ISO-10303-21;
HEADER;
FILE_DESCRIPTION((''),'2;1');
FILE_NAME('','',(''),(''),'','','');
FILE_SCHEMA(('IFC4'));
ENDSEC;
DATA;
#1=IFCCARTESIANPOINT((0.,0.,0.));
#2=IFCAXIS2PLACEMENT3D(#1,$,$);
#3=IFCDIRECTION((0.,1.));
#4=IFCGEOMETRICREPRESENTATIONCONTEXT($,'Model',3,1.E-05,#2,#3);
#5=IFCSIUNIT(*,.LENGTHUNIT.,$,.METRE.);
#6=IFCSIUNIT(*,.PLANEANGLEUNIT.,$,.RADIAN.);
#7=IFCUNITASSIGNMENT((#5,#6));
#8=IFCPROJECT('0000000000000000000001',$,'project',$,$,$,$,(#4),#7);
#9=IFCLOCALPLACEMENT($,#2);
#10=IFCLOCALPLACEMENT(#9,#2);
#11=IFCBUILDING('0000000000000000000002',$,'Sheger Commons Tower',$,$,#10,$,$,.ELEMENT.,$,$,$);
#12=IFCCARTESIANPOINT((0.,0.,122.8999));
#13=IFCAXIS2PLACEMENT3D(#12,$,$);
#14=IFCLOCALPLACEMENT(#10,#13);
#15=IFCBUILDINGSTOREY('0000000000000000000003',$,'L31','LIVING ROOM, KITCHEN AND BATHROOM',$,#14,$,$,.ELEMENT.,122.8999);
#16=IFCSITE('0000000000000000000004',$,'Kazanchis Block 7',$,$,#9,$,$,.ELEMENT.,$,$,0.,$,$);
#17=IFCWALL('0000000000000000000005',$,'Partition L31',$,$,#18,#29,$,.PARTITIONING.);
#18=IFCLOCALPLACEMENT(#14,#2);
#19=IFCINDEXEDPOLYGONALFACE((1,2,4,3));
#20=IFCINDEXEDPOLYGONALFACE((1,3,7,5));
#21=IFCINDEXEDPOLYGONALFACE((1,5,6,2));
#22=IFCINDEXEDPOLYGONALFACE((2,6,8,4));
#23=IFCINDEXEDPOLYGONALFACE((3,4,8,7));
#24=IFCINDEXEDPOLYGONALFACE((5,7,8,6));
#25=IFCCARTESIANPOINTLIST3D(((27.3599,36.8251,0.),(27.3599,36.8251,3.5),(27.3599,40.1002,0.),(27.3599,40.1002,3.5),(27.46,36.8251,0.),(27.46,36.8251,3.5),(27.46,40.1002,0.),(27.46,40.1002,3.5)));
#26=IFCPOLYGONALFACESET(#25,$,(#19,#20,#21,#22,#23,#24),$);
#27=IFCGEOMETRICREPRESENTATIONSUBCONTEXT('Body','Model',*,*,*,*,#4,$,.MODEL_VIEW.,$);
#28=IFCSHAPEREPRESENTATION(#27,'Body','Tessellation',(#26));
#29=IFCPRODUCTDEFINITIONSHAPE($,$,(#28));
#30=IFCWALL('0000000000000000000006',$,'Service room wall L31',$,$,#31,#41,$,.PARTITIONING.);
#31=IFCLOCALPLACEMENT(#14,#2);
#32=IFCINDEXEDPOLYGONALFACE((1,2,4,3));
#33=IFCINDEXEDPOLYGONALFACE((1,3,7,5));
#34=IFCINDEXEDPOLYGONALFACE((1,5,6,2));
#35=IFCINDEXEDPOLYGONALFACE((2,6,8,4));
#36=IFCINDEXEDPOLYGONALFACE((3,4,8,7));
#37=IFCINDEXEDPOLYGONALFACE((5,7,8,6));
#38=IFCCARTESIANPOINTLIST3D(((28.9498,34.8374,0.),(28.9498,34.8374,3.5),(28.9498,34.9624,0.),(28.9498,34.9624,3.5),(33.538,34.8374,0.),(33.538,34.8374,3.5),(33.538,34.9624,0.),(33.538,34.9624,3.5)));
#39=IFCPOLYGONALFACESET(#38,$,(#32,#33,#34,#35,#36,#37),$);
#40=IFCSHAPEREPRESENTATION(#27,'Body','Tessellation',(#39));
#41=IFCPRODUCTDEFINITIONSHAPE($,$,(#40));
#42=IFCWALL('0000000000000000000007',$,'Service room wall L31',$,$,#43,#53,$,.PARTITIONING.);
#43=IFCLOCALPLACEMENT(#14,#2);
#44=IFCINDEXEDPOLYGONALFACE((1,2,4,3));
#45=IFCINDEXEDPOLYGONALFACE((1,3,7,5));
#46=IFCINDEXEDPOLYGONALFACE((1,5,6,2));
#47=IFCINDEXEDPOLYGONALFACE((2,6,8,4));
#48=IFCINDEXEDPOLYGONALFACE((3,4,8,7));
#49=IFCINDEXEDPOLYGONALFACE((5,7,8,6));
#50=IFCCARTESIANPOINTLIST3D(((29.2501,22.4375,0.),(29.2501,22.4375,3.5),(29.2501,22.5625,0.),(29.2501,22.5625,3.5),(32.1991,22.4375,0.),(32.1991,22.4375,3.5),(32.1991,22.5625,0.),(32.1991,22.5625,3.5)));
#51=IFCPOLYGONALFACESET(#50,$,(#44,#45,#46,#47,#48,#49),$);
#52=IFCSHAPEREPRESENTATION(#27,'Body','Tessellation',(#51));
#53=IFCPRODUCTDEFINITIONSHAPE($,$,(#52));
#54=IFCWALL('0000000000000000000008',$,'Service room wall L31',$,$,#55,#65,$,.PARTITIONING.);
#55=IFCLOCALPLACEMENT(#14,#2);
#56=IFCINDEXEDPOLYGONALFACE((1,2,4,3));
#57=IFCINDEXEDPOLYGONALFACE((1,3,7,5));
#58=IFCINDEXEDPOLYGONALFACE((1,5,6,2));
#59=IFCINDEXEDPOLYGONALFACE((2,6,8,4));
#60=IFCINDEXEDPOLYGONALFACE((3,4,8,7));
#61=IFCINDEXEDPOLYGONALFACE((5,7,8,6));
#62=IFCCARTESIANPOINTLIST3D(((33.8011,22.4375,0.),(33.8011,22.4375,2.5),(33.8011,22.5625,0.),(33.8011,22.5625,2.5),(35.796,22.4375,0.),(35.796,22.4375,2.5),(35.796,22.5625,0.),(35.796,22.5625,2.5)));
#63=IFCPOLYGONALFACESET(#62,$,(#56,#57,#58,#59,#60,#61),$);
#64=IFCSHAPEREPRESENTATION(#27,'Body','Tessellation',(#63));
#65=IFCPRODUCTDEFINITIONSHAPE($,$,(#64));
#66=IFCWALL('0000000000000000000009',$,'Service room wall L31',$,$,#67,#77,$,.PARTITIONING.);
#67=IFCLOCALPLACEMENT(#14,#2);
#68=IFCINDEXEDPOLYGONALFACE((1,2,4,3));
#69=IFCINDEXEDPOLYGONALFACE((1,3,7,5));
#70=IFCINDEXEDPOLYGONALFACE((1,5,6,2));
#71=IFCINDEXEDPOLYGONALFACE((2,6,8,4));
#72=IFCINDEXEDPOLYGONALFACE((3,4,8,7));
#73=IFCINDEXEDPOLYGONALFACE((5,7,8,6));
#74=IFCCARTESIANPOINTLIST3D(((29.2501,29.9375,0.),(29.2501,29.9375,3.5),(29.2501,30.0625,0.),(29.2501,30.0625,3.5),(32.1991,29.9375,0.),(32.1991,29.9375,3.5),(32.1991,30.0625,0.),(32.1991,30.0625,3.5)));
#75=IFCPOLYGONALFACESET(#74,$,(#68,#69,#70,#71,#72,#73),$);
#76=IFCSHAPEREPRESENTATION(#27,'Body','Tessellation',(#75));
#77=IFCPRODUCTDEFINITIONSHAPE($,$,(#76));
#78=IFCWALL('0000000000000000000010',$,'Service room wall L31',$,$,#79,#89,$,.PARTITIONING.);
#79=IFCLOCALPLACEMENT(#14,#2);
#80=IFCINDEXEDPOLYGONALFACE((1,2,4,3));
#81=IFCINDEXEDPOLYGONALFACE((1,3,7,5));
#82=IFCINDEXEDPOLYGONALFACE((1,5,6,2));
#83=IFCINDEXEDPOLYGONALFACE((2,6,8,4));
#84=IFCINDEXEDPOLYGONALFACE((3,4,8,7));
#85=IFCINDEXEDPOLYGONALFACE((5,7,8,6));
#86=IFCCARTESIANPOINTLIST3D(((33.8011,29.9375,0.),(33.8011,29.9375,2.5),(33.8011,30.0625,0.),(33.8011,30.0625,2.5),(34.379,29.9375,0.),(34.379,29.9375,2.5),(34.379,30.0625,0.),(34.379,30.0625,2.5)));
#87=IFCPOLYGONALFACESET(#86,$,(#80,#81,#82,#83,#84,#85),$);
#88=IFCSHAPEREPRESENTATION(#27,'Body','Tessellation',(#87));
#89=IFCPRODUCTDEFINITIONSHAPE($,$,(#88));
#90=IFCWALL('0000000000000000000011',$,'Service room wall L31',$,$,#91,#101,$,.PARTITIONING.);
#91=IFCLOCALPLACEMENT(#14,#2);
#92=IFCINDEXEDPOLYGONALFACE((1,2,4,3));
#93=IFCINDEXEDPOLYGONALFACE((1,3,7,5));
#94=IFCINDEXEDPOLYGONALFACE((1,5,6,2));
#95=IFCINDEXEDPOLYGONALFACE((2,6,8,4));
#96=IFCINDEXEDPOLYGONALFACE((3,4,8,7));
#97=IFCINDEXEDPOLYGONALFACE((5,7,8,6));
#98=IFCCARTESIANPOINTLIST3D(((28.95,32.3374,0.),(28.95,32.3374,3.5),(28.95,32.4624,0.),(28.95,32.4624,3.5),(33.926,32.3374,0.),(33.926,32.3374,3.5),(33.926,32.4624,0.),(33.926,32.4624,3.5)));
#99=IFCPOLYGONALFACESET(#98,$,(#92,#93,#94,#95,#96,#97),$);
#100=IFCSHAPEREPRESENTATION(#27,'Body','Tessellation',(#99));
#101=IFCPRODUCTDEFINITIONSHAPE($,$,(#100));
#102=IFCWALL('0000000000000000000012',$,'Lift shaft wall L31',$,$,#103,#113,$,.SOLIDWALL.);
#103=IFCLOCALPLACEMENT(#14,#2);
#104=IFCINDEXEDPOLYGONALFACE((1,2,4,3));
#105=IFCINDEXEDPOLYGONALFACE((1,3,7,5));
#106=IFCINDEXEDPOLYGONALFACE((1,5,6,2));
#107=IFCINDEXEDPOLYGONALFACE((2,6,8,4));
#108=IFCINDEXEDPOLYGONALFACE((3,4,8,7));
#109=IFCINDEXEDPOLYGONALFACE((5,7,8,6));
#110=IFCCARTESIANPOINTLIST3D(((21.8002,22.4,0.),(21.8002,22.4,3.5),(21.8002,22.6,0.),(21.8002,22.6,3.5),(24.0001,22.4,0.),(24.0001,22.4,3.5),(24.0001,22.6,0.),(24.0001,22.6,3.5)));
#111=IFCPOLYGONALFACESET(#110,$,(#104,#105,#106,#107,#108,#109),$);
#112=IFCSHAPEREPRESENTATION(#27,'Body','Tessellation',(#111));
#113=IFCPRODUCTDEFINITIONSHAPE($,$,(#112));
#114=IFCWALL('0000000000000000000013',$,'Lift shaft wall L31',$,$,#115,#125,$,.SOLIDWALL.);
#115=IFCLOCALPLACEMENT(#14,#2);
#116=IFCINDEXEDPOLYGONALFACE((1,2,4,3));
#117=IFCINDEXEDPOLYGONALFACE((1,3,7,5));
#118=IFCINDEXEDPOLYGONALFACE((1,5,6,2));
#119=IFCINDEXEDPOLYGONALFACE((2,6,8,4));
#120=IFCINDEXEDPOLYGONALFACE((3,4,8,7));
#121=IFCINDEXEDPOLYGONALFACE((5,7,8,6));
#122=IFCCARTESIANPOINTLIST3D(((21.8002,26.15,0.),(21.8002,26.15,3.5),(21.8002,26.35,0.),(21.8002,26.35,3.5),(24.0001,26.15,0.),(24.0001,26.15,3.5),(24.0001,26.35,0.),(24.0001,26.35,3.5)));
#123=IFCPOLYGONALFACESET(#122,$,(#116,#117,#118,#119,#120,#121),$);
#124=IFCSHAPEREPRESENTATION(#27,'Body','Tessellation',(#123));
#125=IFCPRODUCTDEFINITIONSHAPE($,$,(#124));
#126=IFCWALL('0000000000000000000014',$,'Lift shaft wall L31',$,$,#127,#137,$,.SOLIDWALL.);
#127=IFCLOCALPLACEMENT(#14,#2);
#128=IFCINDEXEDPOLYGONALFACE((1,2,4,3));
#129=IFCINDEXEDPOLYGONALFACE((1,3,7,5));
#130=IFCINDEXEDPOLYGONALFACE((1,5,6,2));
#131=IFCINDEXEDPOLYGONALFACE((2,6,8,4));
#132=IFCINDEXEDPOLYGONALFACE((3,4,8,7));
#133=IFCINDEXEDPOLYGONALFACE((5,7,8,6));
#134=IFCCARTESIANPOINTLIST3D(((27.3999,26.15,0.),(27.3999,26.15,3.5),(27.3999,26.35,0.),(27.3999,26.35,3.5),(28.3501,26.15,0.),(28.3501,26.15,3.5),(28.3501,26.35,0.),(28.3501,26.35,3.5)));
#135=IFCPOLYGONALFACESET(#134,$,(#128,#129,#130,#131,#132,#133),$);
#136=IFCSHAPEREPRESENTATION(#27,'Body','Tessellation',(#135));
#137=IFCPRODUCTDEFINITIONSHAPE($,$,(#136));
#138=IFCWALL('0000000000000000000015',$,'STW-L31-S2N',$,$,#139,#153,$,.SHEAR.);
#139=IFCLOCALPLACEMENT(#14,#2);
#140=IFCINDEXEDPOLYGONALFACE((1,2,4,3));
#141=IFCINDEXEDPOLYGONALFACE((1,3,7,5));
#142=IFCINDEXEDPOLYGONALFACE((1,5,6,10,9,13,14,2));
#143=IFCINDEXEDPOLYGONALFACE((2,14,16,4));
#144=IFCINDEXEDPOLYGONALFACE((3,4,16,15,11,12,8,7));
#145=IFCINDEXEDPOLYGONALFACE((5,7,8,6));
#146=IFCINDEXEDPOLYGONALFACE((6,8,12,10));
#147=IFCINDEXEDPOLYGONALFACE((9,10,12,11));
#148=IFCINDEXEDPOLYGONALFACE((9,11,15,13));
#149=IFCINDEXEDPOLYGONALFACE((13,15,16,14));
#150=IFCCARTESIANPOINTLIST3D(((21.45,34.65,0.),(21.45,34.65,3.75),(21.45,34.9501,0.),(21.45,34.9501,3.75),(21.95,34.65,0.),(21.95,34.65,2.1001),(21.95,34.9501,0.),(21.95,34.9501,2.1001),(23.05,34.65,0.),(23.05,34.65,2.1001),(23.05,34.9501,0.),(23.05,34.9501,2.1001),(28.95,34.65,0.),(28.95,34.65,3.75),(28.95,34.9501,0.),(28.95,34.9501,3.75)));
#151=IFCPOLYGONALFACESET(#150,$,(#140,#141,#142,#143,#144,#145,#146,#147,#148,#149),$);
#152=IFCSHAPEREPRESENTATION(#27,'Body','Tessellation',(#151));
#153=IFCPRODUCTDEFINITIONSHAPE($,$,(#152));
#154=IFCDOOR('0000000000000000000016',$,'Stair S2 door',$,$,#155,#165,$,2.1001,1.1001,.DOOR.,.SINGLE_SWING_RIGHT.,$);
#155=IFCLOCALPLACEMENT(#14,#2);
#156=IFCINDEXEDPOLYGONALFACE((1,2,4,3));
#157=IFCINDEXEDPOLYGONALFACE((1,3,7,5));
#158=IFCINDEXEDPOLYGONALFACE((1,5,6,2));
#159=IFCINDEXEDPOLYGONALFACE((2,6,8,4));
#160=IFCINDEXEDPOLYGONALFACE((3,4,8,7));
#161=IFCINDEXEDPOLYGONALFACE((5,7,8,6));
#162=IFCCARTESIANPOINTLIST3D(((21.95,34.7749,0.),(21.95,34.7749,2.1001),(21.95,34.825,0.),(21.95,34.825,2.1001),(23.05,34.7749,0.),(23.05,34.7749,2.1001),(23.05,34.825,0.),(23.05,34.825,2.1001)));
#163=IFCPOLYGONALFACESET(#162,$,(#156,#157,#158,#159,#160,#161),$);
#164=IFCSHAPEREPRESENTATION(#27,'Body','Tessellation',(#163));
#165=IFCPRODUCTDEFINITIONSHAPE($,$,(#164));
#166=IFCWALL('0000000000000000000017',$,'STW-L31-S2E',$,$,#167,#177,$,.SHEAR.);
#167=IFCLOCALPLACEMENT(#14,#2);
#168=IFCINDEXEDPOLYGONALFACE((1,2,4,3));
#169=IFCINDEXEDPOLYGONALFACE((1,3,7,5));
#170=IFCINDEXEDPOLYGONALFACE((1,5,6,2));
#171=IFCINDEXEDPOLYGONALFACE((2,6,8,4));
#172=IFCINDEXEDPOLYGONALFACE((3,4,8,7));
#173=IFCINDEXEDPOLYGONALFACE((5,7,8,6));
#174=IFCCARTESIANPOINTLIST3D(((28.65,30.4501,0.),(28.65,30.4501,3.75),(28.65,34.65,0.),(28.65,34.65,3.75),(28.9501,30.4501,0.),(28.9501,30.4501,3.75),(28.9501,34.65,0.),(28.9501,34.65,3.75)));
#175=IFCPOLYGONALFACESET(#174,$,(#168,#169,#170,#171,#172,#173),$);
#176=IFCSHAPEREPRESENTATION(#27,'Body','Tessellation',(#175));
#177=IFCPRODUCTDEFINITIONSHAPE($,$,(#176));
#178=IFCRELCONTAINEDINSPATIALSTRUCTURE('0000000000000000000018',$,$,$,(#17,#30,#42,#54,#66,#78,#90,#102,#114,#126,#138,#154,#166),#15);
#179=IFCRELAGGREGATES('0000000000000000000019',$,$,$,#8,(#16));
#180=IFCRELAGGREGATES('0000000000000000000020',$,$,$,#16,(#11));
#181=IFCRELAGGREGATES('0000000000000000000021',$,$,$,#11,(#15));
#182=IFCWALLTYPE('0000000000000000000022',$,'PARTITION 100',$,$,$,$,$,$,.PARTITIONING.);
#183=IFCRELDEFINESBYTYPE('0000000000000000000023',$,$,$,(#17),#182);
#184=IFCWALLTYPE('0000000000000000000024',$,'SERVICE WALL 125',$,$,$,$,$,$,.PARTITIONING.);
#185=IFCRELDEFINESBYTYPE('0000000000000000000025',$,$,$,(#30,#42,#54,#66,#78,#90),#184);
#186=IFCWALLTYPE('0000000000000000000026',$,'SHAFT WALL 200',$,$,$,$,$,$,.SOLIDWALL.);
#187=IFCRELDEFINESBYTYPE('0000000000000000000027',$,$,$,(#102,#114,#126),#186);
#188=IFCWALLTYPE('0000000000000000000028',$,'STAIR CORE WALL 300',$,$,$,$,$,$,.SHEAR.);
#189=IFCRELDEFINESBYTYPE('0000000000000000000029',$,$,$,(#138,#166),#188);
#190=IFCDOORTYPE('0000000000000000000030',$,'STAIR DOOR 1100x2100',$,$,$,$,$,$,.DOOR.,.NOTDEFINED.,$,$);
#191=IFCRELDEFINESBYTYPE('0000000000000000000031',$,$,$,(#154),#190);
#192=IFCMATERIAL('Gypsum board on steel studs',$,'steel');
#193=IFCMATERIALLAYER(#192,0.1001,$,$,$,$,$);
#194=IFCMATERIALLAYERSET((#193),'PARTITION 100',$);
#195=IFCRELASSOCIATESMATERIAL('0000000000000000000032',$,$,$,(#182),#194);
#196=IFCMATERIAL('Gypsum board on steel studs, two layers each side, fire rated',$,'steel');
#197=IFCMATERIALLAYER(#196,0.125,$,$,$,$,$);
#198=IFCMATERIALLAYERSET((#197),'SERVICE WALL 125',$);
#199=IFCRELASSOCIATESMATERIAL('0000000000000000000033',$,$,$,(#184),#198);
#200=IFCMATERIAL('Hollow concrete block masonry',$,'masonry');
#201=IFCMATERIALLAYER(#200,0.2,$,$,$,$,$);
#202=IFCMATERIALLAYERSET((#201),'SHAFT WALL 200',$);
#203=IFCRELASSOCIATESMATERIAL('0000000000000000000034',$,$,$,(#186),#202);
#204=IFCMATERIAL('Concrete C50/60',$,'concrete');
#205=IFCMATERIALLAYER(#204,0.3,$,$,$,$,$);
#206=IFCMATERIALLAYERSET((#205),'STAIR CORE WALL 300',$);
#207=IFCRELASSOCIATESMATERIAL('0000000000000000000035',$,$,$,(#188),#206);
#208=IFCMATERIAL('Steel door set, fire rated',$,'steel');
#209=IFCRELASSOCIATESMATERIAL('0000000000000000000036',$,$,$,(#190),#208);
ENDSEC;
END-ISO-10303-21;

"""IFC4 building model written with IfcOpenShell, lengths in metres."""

from ifc_helpers import new_model, si_unit, direction, frame, frame_2d, origin, place, context, subcontext, project, spatial, rectangle, extrude, material, layer, layer_set, type_object, element, fill, save


model = new_model("IFC4")

# Units and contexts
model_context = context("Model", 3, precision=1e-05, world=origin(), true_north=direction((0.0, 1.0)))
body_context = subcontext(model_context, "Body", "Model", "MODEL_VIEW")
ifc_project = project(units=[si_unit("LENGTHUNIT", "METRE"), si_unit("PLANEANGLEUNIT", "RADIAN")], contexts=[model_context])

# Site, building, storey
site_placement = place(None, origin())
site = spatial("IfcSite", under=ifc_project, at=site_placement, Name="Kazanchis Block 7", CompositionType="ELEMENT", RefElevation=0.0)
building_placement = place(site_placement, origin())
building = spatial("IfcBuilding", under=site, at=building_placement, Name="Sheger Commons Tower", CompositionType="ELEMENT")
storey_placement = place(building_placement, frame((0.0, 0.0, 122.8999)))
storey = spatial("IfcBuildingStorey", under=building, at=storey_placement, Name="L31", Description="LIVING ROOM, KITCHEN AND BATHROOM", CompositionType="ELEMENT", Elevation=122.8999)

# Walls
ifc_material_1 = material(Name="Gypsum board on steel studs", Category="steel")
ifc_layer_1 = layer(ifc_material_1, 0.1001)
ifc_layer_set_1 = layer_set([ifc_layer_1], Name="PARTITION 100")
wall_type_1 = type_object("IfcWallType", Name="PARTITION 100", PredefinedType="PARTITIONING", material=ifc_layer_set_1)
for number, where, z_axis, x_axis, name in (
    (1, (27.4099, 36.825, 0.0), (0.0, 0.0, 1.0), (0.0, 1.0, 0.0), "Partition L31"),
):
    element("IfcWall", number, at=place(storey_placement, frame(where, z_axis=z_axis, x_axis=x_axis)), inside=storey, type_object=wall_type_1, Name=name, PredefinedType="PARTITIONING", context=body_context, shape_type="SweptSolid", body=[
        extrude(rectangle(XDim=3.2751, YDim=0.1001, at=frame_2d((1.6377, 0.0))), origin(), (0.0, 0.0, 1.0), 3.5),
    ])
ifc_material_2 = material(Name="Gypsum board on steel studs, two layers each side, fire rated", Category="steel")
ifc_layer_2 = layer(ifc_material_2, 0.125)
ifc_layer_set_2 = layer_set([ifc_layer_2], Name="SERVICE WALL 125")
wall_type_2 = type_object("IfcWallType", Name="SERVICE WALL 125", PredefinedType="PARTITIONING", material=ifc_layer_set_2)
wall_1_placement = place(storey_placement, frame((28.95, 34.8999, 0.0), z_axis=(0.0, 0.0, 1.0), x_axis=(1.0, 0.0, 0.0)))
element("IfcWall", 2, at=wall_1_placement, inside=storey, type_object=wall_type_2, Name="Service room wall L31", PredefinedType="PARTITIONING", context=body_context, shape_type="SweptSolid", body=[
    extrude(rectangle(XDim=4.5881, YDim=0.125, at=frame_2d((2.2939, 0.0))), origin(), (0.0, 0.0, 1.0), 3.5),
])
wall_2_placement = place(storey_placement, frame((29.25, 22.5, 0.0), z_axis=(0.0, 0.0, 1.0), x_axis=(1.0, 0.0, 0.0)))
element("IfcWall", 3, at=wall_2_placement, inside=storey, type_object=wall_type_2, Name="Service room wall L31", PredefinedType="PARTITIONING", context=body_context, shape_type="SweptSolid", body=[
    extrude(rectangle(XDim=2.949, YDim=0.125, at=frame_2d((1.4746, 0.0))), origin(), (0.0, 0.0, 1.0), 3.5),
])
wall_3_placement = place(storey_placement, frame((33.801, 22.5, 0.0), z_axis=(0.0, 0.0, 1.0), x_axis=(1.0, 0.0, 0.0)))
element("IfcWall", 4, at=wall_3_placement, inside=storey, type_object=wall_type_2, Name="Service room wall L31", PredefinedType="PARTITIONING", context=body_context, shape_type="SweptSolid", body=[
    extrude(rectangle(XDim=1.9949, YDim=0.125, at=frame_2d((0.9976, 0.0))), origin(), (0.0, 0.0, 1.0), 2.5),
])
wall_4_placement = place(storey_placement, frame((29.25, 30.0, 0.0), z_axis=(0.0, 0.0, 1.0), x_axis=(1.0, 0.0, 0.0)))
element("IfcWall", 5, at=wall_4_placement, inside=storey, type_object=wall_type_2, Name="Service room wall L31", PredefinedType="PARTITIONING", context=body_context, shape_type="SweptSolid", body=[
    extrude(rectangle(XDim=2.949, YDim=0.125, at=frame_2d((1.4746, 0.0))), origin(), (0.0, 0.0, 1.0), 3.5),
])
wall_5_placement = place(storey_placement, frame((33.801, 30.0, 0.0), z_axis=(0.0, 0.0, 1.0), x_axis=(1.0, 0.0, 0.0)))
element("IfcWall", 6, at=wall_5_placement, inside=storey, type_object=wall_type_2, Name="Service room wall L31", PredefinedType="PARTITIONING", context=body_context, shape_type="SweptSolid", body=[
    extrude(rectangle(XDim=0.5779, YDim=0.125, at=frame_2d((0.2891, 0.0))), origin(), (0.0, 0.0, 1.0), 2.5),
])
wall_6_placement = place(storey_placement, frame((28.95, 32.3999, 0.0), z_axis=(0.0, 0.0, 1.0), x_axis=(1.0, 0.0, 0.0)))
element("IfcWall", 7, at=wall_6_placement, inside=storey, type_object=wall_type_2, Name="Service room wall L31", PredefinedType="PARTITIONING", context=body_context, shape_type="SweptSolid", body=[
    extrude(rectangle(XDim=4.9761, YDim=0.125, at=frame_2d((2.488, 0.0))), origin(), (0.0, 0.0, 1.0), 3.5),
])
ifc_material_3 = material(Name="Hollow concrete block masonry", Category="masonry")
ifc_layer_3 = layer(ifc_material_3, 0.2)
ifc_layer_set_3 = layer_set([ifc_layer_3], Name="SHAFT WALL 200")
wall_type_3 = type_object("IfcWallType", Name="SHAFT WALL 200", PredefinedType="SOLIDWALL", material=ifc_layer_set_3)
for number, where, z_axis, x_axis, name in (
    (8, (21.8, 22.5, 0.0), (0.0, 0.0, 1.0), (1.0, 0.0, 0.0), "Lift shaft wall L31"),
    (9, (21.8, 26.25, 0.0), (0.0, 0.0, 1.0), (1.0, 0.0, 0.0), "Lift shaft wall L31"),
):
    element("IfcWall", number, at=place(storey_placement, frame(where, z_axis=z_axis, x_axis=x_axis)), inside=storey, type_object=wall_type_3, Name=name, PredefinedType="SOLIDWALL", context=body_context, shape_type="SweptSolid", body=[
        extrude(rectangle(XDim=2.2, YDim=0.2, at=frame_2d((1.1001, 0.0))), origin(), (0.0, 0.0, 1.0), 3.5),
    ])
wall_7_placement = place(storey_placement, frame((27.3999, 26.25, 0.0), z_axis=(0.0, 0.0, 1.0), x_axis=(1.0, 0.0, 0.0)))
element("IfcWall", 10, at=wall_7_placement, inside=storey, type_object=wall_type_3, Name="Lift shaft wall L31", PredefinedType="SOLIDWALL", context=body_context, shape_type="SweptSolid", body=[
    extrude(rectangle(XDim=0.9502, YDim=0.2, at=frame_2d((0.4751, 0.0))), origin(), (0.0, 0.0, 1.0), 3.5),
])

# Wall, opening, door
ifc_material_4 = material(Name="Concrete C50/60", Category="concrete")
ifc_layer_4 = layer(ifc_material_4, 0.3)
ifc_layer_set_4 = layer_set([ifc_layer_4], Name="STAIR CORE WALL 300")
wall_type_4 = type_object("IfcWallType", Name="STAIR CORE WALL 300", PredefinedType="SHEAR", material=ifc_layer_set_4)
wall_8_placement = place(storey_placement, frame((21.45, 34.8, 0.0), z_axis=(0.0, 0.0, 1.0), x_axis=(1.0, 0.0, 0.0)))
wall_8 = element("IfcWall", 11, at=wall_8_placement, inside=storey, type_object=wall_type_4, Name="STW-L31-S2N", PredefinedType="SHEAR", context=body_context, shape_type="SweptSolid", body=[
    extrude(rectangle(XDim=7.5, YDim=0.3, at=frame_2d((3.75, 0.0))), origin(), (0.0, 0.0, 1.0), 3.75),
])
opening_1_placement = place(wall_8_placement, frame((0.5, 0.0, 0.0)))
opening_1 = element("IfcOpeningElement", 12, at=opening_1_placement, cuts=wall_8, PredefinedType="OPENING", context=body_context, shape_type="SweptSolid", body=[
    extrude(rectangle(XDim=1.1001, YDim=2.1001, at=frame_2d((0.55, 1.05))), frame((0.0, 0.1599, 0.0), z_axis=(0.0, -1.0, 0.0), x_axis=(1.0, 0.0, 0.0)), (0.0, 0.0, 1.0), 0.3201),
])
ifc_material_5 = material(Name="Steel door set, fire rated", Category="steel")
door_type_1 = type_object("IfcDoorType", Name="STAIR DOOR 1100x2100", OperationType="NOTDEFINED", PredefinedType="DOOR", material=ifc_material_5)
door_1_placement = place(opening_1_placement, origin())
door_1 = element("IfcDoor", 13, at=door_1_placement, inside=storey, type_object=door_type_1, Name="Stair S2 door", OperationType="SINGLE_SWING_RIGHT", OverallHeight=2.1001, OverallWidth=1.1001, PredefinedType="DOOR", context=body_context, shape_type="SweptSolid", body=[
    extrude(rectangle(XDim=1.1001, YDim=2.1001, at=frame_2d((0.55, 1.05))), frame((0.0, 0.0249, 0.0), z_axis=(0.0, -1.0, 0.0), x_axis=(1.0, 0.0, 0.0)), (0.0, 0.0, 1.0), 0.05),
])
fill(opening_1, door_1)

# Wall
wall_9_placement = place(storey_placement, frame((28.8, 30.45, 0.0), z_axis=(0.0, 0.0, 1.0), x_axis=(0.0, 1.0, 0.0)))
element("IfcWall", 14, at=wall_9_placement, inside=storey, type_object=wall_type_4, Name="STW-L31-S2E", PredefinedType="SHEAR", context=body_context, shape_type="SweptSolid", body=[
    extrude(rectangle(XDim=4.2, YDim=0.3, at=frame_2d((2.1001, 0.0))), origin(), (0.0, 0.0, 1.0), 3.75),
])

save(model, "model.ifc")
